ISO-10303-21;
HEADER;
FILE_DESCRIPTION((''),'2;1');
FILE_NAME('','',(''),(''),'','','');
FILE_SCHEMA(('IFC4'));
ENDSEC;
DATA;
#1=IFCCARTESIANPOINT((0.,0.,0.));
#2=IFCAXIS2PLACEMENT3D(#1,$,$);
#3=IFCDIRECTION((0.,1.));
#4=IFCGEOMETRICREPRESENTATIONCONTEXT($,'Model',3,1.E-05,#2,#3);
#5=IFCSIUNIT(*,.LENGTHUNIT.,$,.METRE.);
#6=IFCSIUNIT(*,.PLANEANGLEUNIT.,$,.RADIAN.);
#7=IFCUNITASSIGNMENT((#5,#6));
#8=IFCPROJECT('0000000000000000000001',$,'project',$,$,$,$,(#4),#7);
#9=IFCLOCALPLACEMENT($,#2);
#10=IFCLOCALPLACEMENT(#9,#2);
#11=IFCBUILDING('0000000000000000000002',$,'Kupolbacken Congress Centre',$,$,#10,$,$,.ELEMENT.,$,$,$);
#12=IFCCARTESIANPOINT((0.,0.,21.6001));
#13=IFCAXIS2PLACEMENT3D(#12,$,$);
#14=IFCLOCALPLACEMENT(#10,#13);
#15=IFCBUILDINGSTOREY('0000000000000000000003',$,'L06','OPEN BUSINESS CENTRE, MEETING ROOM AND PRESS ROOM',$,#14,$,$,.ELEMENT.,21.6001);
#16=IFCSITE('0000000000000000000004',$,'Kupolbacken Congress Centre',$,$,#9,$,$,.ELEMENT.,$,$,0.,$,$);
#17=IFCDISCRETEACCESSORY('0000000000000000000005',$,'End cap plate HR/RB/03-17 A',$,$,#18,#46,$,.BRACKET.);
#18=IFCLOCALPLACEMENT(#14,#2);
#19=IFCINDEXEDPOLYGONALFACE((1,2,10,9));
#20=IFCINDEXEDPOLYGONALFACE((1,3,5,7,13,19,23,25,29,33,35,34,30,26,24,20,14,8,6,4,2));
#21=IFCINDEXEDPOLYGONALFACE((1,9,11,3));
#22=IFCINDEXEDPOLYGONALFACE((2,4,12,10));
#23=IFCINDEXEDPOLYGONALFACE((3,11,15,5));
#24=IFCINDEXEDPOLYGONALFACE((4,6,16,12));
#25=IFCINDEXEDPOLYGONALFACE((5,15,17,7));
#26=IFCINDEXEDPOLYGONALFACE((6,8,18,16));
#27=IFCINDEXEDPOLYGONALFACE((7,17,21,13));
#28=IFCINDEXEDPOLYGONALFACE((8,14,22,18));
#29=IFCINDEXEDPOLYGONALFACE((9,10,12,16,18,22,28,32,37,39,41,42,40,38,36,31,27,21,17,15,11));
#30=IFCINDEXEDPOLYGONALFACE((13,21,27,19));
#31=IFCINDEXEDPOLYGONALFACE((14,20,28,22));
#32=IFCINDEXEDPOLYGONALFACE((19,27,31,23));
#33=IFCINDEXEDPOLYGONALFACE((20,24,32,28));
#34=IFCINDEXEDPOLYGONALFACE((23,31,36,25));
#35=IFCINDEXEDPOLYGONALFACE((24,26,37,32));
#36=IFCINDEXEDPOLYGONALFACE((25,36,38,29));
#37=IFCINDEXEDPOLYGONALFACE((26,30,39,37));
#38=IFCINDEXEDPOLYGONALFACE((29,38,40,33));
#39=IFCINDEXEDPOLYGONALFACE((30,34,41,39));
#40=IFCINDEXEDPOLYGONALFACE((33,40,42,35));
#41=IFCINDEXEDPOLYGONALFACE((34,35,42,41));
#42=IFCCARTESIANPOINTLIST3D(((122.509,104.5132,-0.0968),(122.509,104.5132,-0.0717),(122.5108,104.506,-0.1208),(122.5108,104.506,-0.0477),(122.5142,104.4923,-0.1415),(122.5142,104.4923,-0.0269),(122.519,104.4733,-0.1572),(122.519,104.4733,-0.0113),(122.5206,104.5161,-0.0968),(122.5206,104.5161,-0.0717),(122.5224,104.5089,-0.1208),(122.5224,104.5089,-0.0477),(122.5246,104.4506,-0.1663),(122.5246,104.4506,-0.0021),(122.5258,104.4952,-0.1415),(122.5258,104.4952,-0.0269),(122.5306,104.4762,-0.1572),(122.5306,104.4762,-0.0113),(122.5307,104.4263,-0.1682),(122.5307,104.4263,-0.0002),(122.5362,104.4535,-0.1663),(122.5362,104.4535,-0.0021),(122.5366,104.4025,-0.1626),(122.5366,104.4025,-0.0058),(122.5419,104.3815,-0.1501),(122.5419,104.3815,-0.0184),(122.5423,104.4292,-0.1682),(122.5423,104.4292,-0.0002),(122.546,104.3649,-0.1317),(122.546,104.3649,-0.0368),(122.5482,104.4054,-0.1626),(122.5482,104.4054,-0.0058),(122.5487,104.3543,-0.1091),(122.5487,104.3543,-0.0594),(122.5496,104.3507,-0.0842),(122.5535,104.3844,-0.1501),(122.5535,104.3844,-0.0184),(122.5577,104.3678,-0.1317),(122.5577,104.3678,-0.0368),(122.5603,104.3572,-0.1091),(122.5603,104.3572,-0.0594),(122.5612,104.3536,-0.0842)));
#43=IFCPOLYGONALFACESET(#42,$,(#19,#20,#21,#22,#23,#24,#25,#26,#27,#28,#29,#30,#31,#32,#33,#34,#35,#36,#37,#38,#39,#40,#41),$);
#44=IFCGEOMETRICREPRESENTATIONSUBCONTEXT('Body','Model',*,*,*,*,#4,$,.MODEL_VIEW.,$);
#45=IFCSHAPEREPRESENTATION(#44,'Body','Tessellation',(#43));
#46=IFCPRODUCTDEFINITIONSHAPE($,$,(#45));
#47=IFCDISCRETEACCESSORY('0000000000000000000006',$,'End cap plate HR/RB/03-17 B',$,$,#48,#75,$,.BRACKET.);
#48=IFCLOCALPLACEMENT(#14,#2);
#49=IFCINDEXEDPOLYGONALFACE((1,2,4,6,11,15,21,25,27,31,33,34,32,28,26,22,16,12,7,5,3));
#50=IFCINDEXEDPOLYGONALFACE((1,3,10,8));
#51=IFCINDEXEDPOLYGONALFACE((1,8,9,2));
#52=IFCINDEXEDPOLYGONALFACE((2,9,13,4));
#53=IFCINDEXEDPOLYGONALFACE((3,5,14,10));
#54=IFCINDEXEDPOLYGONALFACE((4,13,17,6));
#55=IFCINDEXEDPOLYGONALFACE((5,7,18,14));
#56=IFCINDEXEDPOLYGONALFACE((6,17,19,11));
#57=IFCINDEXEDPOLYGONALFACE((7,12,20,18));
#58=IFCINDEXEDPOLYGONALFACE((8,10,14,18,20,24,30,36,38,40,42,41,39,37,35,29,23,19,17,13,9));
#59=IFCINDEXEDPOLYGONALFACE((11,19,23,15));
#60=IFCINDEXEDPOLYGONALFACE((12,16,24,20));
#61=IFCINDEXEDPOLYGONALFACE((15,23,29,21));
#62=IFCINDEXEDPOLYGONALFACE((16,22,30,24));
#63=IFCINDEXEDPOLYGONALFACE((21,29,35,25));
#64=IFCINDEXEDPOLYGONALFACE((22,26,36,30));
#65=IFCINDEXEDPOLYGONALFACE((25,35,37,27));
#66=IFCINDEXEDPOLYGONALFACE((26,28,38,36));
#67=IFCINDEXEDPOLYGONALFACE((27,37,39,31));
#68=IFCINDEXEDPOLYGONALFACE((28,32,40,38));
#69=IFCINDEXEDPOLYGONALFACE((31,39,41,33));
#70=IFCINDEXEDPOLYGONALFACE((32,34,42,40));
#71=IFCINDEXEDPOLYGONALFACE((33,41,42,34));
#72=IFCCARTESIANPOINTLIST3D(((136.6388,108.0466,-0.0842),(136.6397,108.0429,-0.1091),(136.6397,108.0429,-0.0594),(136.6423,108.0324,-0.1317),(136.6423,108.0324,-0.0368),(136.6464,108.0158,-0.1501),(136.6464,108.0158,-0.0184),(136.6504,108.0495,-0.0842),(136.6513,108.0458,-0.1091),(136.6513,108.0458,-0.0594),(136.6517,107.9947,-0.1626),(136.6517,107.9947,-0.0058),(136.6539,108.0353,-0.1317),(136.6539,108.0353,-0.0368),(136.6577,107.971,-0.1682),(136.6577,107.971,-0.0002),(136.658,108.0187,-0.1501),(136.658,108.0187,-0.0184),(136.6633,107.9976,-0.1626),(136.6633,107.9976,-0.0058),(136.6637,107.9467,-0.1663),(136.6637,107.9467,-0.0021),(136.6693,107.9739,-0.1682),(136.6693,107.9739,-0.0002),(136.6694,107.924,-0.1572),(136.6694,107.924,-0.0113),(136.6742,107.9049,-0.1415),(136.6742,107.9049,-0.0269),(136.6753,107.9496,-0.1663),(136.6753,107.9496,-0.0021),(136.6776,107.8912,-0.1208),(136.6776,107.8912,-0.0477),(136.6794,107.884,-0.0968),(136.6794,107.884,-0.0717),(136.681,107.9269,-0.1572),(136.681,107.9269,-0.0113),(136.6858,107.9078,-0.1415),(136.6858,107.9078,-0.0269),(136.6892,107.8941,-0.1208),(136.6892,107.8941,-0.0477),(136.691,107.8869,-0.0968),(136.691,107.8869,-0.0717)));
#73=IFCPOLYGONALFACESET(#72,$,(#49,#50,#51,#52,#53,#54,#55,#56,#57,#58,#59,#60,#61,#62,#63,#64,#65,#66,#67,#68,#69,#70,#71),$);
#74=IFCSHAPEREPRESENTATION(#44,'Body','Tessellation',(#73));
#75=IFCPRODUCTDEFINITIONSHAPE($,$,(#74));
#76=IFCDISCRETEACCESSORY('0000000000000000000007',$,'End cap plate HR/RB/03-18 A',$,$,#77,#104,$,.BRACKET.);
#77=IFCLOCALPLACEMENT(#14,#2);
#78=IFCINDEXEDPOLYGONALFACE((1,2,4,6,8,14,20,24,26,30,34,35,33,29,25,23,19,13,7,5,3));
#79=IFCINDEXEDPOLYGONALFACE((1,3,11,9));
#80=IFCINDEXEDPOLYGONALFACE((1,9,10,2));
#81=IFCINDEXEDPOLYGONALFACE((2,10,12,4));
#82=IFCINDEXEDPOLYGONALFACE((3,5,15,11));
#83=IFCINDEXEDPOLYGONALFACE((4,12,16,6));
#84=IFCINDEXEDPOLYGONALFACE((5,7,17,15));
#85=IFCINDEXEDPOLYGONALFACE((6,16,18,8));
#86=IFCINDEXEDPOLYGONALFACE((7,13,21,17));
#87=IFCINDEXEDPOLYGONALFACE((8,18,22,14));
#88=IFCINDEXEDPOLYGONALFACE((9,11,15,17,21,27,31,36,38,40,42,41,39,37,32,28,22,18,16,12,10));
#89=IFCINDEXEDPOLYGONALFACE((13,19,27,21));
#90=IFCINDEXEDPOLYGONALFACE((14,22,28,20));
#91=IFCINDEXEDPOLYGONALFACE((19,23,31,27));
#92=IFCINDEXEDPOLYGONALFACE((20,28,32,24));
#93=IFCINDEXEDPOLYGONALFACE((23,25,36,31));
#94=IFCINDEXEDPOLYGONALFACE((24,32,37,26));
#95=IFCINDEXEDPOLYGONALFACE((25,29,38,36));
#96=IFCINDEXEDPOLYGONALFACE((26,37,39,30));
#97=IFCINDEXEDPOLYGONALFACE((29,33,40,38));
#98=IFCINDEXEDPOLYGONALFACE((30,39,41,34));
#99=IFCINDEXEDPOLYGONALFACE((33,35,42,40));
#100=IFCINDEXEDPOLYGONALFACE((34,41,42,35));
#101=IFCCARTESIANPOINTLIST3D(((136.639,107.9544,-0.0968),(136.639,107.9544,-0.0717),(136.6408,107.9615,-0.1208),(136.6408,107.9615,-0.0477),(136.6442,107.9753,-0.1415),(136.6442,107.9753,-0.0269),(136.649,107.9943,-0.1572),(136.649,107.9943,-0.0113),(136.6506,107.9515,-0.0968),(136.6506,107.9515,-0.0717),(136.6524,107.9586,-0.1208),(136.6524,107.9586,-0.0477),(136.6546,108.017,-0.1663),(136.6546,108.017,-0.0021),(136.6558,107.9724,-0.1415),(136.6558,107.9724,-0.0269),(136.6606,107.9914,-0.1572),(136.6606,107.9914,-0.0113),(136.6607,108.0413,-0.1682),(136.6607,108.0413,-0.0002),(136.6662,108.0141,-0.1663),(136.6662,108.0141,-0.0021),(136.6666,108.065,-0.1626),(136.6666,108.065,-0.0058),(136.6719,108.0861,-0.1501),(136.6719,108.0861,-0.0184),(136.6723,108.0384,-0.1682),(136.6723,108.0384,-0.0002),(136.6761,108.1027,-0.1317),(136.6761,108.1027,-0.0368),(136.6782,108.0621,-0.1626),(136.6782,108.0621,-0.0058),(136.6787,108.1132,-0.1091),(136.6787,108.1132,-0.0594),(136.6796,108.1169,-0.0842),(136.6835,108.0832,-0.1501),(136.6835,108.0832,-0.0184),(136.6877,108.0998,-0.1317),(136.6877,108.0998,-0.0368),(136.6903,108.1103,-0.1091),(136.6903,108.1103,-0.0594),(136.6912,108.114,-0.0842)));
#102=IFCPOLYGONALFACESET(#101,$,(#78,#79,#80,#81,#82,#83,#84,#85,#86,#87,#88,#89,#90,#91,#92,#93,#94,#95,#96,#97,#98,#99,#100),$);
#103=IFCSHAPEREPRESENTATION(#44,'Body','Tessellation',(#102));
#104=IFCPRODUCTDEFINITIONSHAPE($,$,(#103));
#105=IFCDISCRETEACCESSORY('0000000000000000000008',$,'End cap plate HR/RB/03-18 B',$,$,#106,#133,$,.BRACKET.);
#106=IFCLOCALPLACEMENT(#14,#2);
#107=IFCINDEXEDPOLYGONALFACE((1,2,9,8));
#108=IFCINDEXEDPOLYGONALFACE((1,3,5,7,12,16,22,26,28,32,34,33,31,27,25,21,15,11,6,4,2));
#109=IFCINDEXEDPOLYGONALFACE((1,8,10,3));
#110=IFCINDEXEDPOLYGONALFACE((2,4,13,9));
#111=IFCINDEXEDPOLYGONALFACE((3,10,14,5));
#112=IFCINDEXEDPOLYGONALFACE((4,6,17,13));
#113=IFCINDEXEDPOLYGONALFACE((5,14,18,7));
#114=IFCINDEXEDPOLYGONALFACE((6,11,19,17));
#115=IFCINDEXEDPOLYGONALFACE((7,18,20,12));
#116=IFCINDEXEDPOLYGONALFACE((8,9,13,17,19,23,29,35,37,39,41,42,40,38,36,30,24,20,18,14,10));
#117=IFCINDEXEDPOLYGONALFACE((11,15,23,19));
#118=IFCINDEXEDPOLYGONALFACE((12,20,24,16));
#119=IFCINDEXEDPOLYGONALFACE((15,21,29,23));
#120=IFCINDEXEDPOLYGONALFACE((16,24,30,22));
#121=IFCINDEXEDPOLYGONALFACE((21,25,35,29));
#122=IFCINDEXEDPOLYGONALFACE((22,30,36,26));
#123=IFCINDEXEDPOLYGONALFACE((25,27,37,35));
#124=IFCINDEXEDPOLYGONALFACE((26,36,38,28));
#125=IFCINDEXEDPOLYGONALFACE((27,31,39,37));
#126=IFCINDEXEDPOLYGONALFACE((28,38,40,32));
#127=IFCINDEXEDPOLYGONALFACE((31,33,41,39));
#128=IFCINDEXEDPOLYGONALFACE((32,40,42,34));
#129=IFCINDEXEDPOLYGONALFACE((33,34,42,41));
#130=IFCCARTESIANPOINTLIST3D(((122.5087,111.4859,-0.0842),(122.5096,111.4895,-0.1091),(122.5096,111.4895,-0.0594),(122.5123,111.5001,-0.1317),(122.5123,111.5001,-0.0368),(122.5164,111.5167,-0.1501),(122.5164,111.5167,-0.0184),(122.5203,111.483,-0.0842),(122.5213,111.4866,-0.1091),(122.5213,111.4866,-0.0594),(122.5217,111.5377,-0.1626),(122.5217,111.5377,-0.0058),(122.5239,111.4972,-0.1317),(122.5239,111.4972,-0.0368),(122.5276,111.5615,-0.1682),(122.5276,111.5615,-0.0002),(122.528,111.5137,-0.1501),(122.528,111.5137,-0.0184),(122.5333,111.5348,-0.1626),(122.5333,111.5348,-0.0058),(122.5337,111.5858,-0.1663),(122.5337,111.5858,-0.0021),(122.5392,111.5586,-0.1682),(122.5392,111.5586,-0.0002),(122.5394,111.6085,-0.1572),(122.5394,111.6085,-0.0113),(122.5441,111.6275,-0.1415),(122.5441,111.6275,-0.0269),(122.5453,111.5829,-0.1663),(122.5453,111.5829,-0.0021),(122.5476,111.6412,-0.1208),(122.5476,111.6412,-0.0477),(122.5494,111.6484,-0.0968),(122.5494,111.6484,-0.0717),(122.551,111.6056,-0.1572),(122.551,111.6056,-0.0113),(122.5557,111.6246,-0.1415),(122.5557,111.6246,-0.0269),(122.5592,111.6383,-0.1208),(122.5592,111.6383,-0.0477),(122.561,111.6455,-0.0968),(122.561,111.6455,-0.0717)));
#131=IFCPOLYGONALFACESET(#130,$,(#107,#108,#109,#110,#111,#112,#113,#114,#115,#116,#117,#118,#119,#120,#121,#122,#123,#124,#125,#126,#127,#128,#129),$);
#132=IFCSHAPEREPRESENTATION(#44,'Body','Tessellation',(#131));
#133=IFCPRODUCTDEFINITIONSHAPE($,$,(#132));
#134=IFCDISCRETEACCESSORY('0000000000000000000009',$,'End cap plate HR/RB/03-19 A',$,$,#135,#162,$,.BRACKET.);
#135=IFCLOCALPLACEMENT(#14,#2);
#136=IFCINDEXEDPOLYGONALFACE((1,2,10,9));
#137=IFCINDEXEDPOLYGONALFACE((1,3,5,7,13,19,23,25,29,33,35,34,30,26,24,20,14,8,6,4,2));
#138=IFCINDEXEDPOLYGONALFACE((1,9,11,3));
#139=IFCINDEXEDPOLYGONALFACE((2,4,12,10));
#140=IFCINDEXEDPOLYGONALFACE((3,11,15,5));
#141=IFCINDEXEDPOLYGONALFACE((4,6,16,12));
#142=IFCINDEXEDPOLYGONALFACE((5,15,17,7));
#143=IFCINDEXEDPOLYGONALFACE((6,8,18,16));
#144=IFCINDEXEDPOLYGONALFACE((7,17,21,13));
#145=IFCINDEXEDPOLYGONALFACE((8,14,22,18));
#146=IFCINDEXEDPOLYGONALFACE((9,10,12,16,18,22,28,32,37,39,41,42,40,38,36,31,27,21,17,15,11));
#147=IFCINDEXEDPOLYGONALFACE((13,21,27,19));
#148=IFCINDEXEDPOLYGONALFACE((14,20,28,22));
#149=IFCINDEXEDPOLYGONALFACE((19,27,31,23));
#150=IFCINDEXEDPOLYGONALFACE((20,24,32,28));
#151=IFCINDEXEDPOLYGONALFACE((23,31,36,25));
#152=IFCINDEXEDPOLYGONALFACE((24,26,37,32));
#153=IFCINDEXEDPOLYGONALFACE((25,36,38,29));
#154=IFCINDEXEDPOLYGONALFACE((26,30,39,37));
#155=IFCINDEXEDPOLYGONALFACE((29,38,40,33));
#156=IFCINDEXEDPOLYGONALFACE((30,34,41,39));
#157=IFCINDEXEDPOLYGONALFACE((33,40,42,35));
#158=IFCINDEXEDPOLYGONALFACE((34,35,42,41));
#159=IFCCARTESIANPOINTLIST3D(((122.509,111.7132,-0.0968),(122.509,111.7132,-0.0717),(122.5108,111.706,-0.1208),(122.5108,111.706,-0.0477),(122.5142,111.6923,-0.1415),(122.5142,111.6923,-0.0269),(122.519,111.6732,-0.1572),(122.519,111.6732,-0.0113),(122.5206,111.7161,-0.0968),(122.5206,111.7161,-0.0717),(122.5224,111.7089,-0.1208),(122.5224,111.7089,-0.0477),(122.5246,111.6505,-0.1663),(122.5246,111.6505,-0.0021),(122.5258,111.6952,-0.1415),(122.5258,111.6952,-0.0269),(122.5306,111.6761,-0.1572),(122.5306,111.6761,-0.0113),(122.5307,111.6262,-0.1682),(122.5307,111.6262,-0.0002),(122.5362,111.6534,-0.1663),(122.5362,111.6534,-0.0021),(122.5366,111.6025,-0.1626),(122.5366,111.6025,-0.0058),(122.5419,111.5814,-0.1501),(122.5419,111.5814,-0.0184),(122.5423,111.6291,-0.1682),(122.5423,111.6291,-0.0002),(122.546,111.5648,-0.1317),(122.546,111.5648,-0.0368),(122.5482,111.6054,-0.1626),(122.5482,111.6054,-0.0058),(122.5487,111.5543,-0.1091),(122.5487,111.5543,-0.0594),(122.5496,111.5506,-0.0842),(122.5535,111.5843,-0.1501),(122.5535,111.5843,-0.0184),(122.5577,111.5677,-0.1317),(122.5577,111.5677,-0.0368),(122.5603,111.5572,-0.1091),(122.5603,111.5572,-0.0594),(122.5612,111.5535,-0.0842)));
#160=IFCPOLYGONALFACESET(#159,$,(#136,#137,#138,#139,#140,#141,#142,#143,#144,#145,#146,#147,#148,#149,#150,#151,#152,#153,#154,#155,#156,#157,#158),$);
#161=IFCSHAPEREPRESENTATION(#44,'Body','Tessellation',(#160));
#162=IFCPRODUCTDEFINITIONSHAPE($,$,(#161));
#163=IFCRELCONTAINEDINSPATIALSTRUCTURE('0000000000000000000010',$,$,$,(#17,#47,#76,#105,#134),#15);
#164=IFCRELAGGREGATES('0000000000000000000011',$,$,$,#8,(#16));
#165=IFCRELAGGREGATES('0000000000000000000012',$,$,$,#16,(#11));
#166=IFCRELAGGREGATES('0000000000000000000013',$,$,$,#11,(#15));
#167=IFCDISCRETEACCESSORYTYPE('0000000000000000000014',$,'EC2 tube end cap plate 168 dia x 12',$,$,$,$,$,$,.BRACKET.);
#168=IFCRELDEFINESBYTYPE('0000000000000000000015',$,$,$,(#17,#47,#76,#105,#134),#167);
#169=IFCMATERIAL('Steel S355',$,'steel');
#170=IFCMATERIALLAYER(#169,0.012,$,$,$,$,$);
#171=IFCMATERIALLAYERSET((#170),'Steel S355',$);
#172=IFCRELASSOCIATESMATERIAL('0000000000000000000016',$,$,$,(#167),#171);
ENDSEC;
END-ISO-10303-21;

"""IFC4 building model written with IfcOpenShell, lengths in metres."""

from ifc_helpers import new_model, si_unit, direction, frame, origin, origin_2d, place, context, subcontext, project, spatial, circle, extrude, material, layer, layer_set, type_object, element, save


model = new_model("IFC4")

# Units and contexts
model_context = context("Model", 3, precision=1e-05, world=origin(), true_north=direction((0.0, 1.0)))
body_context = subcontext(model_context, "Body", "Model", "MODEL_VIEW")
ifc_project = project(units=[si_unit("LENGTHUNIT", "METRE"), si_unit("PLANEANGLEUNIT", "RADIAN")], contexts=[model_context])

# Site, building, storey
site_placement = place(None, origin())
site = spatial("IfcSite", under=ifc_project, at=site_placement, Name="Kupolbacken Congress Centre", CompositionType="ELEMENT", RefElevation=0.0)
building_placement = place(site_placement, origin())
building = spatial("IfcBuilding", under=site, at=building_placement, Name="Kupolbacken Congress Centre", CompositionType="ELEMENT")
storey_placement = place(building_placement, frame((0.0, 0.0, 21.6001)))
storey = spatial("IfcBuildingStorey", under=building, at=storey_placement, Name="L06", Description="OPEN BUSINESS CENTRE, MEETING ROOM AND PRESS ROOM", CompositionType="ELEMENT", Elevation=21.6001)

# Discrete accessories
ifc_material_1 = material(Name="Steel S355", Category="steel")
ifc_layer_1 = layer(ifc_material_1, 0.012)
ifc_layer_set_1 = layer_set([ifc_layer_1], Name="Steel S355")
discrete_accessory_type = type_object("IfcDiscreteAccessoryType", Name="EC2 tube end cap plate 168 dia x 12", PredefinedType="BRACKET", material=ifc_layer_set_1)
for number, where, z_axis, x_axis, name in (
    (1, (122.5408, 104.4353, -0.0842), (-0.970143, -0.242536, 0.0), (0.242536, -0.970143, 0.0), "End cap plate HR/RB/03-17 A"),
    (2, (136.6592, 107.9648, -0.0842), (0.970143, 0.242536, 0.0), (-0.242536, 0.970143, 0.0), "End cap plate HR/RB/03-17 B"),
    (3, (136.6592, 108.0352, -0.0842), (0.970143, -0.242536, 0.0), (0.242536, 0.970143, 0.0), "End cap plate HR/RB/03-18 A"),
    (4, (122.5408, 111.5647, -0.0842), (-0.970143, 0.242536, 0.0), (-0.242536, -0.970143, 0.0), "End cap plate HR/RB/03-18 B"),
    (5, (122.5408, 111.6353, -0.0842), (-0.970143, -0.242536, 0.0), (0.242536, -0.970143, 0.0), "End cap plate HR/RB/03-19 A"),
):
    element("IfcDiscreteAccessory", number, at=place(storey_placement, frame(where, z_axis=z_axis, x_axis=x_axis)), inside=storey, type_object=discrete_accessory_type, Name=name, PredefinedType="BRACKET", context=body_context, shape_type="SweptSolid", body=[
        extrude(circle(Radius=0.0842, at=origin_2d()), origin(), (0.0, 0.0, 1.0), 0.012),
    ])

save(model, "model.ifc")
